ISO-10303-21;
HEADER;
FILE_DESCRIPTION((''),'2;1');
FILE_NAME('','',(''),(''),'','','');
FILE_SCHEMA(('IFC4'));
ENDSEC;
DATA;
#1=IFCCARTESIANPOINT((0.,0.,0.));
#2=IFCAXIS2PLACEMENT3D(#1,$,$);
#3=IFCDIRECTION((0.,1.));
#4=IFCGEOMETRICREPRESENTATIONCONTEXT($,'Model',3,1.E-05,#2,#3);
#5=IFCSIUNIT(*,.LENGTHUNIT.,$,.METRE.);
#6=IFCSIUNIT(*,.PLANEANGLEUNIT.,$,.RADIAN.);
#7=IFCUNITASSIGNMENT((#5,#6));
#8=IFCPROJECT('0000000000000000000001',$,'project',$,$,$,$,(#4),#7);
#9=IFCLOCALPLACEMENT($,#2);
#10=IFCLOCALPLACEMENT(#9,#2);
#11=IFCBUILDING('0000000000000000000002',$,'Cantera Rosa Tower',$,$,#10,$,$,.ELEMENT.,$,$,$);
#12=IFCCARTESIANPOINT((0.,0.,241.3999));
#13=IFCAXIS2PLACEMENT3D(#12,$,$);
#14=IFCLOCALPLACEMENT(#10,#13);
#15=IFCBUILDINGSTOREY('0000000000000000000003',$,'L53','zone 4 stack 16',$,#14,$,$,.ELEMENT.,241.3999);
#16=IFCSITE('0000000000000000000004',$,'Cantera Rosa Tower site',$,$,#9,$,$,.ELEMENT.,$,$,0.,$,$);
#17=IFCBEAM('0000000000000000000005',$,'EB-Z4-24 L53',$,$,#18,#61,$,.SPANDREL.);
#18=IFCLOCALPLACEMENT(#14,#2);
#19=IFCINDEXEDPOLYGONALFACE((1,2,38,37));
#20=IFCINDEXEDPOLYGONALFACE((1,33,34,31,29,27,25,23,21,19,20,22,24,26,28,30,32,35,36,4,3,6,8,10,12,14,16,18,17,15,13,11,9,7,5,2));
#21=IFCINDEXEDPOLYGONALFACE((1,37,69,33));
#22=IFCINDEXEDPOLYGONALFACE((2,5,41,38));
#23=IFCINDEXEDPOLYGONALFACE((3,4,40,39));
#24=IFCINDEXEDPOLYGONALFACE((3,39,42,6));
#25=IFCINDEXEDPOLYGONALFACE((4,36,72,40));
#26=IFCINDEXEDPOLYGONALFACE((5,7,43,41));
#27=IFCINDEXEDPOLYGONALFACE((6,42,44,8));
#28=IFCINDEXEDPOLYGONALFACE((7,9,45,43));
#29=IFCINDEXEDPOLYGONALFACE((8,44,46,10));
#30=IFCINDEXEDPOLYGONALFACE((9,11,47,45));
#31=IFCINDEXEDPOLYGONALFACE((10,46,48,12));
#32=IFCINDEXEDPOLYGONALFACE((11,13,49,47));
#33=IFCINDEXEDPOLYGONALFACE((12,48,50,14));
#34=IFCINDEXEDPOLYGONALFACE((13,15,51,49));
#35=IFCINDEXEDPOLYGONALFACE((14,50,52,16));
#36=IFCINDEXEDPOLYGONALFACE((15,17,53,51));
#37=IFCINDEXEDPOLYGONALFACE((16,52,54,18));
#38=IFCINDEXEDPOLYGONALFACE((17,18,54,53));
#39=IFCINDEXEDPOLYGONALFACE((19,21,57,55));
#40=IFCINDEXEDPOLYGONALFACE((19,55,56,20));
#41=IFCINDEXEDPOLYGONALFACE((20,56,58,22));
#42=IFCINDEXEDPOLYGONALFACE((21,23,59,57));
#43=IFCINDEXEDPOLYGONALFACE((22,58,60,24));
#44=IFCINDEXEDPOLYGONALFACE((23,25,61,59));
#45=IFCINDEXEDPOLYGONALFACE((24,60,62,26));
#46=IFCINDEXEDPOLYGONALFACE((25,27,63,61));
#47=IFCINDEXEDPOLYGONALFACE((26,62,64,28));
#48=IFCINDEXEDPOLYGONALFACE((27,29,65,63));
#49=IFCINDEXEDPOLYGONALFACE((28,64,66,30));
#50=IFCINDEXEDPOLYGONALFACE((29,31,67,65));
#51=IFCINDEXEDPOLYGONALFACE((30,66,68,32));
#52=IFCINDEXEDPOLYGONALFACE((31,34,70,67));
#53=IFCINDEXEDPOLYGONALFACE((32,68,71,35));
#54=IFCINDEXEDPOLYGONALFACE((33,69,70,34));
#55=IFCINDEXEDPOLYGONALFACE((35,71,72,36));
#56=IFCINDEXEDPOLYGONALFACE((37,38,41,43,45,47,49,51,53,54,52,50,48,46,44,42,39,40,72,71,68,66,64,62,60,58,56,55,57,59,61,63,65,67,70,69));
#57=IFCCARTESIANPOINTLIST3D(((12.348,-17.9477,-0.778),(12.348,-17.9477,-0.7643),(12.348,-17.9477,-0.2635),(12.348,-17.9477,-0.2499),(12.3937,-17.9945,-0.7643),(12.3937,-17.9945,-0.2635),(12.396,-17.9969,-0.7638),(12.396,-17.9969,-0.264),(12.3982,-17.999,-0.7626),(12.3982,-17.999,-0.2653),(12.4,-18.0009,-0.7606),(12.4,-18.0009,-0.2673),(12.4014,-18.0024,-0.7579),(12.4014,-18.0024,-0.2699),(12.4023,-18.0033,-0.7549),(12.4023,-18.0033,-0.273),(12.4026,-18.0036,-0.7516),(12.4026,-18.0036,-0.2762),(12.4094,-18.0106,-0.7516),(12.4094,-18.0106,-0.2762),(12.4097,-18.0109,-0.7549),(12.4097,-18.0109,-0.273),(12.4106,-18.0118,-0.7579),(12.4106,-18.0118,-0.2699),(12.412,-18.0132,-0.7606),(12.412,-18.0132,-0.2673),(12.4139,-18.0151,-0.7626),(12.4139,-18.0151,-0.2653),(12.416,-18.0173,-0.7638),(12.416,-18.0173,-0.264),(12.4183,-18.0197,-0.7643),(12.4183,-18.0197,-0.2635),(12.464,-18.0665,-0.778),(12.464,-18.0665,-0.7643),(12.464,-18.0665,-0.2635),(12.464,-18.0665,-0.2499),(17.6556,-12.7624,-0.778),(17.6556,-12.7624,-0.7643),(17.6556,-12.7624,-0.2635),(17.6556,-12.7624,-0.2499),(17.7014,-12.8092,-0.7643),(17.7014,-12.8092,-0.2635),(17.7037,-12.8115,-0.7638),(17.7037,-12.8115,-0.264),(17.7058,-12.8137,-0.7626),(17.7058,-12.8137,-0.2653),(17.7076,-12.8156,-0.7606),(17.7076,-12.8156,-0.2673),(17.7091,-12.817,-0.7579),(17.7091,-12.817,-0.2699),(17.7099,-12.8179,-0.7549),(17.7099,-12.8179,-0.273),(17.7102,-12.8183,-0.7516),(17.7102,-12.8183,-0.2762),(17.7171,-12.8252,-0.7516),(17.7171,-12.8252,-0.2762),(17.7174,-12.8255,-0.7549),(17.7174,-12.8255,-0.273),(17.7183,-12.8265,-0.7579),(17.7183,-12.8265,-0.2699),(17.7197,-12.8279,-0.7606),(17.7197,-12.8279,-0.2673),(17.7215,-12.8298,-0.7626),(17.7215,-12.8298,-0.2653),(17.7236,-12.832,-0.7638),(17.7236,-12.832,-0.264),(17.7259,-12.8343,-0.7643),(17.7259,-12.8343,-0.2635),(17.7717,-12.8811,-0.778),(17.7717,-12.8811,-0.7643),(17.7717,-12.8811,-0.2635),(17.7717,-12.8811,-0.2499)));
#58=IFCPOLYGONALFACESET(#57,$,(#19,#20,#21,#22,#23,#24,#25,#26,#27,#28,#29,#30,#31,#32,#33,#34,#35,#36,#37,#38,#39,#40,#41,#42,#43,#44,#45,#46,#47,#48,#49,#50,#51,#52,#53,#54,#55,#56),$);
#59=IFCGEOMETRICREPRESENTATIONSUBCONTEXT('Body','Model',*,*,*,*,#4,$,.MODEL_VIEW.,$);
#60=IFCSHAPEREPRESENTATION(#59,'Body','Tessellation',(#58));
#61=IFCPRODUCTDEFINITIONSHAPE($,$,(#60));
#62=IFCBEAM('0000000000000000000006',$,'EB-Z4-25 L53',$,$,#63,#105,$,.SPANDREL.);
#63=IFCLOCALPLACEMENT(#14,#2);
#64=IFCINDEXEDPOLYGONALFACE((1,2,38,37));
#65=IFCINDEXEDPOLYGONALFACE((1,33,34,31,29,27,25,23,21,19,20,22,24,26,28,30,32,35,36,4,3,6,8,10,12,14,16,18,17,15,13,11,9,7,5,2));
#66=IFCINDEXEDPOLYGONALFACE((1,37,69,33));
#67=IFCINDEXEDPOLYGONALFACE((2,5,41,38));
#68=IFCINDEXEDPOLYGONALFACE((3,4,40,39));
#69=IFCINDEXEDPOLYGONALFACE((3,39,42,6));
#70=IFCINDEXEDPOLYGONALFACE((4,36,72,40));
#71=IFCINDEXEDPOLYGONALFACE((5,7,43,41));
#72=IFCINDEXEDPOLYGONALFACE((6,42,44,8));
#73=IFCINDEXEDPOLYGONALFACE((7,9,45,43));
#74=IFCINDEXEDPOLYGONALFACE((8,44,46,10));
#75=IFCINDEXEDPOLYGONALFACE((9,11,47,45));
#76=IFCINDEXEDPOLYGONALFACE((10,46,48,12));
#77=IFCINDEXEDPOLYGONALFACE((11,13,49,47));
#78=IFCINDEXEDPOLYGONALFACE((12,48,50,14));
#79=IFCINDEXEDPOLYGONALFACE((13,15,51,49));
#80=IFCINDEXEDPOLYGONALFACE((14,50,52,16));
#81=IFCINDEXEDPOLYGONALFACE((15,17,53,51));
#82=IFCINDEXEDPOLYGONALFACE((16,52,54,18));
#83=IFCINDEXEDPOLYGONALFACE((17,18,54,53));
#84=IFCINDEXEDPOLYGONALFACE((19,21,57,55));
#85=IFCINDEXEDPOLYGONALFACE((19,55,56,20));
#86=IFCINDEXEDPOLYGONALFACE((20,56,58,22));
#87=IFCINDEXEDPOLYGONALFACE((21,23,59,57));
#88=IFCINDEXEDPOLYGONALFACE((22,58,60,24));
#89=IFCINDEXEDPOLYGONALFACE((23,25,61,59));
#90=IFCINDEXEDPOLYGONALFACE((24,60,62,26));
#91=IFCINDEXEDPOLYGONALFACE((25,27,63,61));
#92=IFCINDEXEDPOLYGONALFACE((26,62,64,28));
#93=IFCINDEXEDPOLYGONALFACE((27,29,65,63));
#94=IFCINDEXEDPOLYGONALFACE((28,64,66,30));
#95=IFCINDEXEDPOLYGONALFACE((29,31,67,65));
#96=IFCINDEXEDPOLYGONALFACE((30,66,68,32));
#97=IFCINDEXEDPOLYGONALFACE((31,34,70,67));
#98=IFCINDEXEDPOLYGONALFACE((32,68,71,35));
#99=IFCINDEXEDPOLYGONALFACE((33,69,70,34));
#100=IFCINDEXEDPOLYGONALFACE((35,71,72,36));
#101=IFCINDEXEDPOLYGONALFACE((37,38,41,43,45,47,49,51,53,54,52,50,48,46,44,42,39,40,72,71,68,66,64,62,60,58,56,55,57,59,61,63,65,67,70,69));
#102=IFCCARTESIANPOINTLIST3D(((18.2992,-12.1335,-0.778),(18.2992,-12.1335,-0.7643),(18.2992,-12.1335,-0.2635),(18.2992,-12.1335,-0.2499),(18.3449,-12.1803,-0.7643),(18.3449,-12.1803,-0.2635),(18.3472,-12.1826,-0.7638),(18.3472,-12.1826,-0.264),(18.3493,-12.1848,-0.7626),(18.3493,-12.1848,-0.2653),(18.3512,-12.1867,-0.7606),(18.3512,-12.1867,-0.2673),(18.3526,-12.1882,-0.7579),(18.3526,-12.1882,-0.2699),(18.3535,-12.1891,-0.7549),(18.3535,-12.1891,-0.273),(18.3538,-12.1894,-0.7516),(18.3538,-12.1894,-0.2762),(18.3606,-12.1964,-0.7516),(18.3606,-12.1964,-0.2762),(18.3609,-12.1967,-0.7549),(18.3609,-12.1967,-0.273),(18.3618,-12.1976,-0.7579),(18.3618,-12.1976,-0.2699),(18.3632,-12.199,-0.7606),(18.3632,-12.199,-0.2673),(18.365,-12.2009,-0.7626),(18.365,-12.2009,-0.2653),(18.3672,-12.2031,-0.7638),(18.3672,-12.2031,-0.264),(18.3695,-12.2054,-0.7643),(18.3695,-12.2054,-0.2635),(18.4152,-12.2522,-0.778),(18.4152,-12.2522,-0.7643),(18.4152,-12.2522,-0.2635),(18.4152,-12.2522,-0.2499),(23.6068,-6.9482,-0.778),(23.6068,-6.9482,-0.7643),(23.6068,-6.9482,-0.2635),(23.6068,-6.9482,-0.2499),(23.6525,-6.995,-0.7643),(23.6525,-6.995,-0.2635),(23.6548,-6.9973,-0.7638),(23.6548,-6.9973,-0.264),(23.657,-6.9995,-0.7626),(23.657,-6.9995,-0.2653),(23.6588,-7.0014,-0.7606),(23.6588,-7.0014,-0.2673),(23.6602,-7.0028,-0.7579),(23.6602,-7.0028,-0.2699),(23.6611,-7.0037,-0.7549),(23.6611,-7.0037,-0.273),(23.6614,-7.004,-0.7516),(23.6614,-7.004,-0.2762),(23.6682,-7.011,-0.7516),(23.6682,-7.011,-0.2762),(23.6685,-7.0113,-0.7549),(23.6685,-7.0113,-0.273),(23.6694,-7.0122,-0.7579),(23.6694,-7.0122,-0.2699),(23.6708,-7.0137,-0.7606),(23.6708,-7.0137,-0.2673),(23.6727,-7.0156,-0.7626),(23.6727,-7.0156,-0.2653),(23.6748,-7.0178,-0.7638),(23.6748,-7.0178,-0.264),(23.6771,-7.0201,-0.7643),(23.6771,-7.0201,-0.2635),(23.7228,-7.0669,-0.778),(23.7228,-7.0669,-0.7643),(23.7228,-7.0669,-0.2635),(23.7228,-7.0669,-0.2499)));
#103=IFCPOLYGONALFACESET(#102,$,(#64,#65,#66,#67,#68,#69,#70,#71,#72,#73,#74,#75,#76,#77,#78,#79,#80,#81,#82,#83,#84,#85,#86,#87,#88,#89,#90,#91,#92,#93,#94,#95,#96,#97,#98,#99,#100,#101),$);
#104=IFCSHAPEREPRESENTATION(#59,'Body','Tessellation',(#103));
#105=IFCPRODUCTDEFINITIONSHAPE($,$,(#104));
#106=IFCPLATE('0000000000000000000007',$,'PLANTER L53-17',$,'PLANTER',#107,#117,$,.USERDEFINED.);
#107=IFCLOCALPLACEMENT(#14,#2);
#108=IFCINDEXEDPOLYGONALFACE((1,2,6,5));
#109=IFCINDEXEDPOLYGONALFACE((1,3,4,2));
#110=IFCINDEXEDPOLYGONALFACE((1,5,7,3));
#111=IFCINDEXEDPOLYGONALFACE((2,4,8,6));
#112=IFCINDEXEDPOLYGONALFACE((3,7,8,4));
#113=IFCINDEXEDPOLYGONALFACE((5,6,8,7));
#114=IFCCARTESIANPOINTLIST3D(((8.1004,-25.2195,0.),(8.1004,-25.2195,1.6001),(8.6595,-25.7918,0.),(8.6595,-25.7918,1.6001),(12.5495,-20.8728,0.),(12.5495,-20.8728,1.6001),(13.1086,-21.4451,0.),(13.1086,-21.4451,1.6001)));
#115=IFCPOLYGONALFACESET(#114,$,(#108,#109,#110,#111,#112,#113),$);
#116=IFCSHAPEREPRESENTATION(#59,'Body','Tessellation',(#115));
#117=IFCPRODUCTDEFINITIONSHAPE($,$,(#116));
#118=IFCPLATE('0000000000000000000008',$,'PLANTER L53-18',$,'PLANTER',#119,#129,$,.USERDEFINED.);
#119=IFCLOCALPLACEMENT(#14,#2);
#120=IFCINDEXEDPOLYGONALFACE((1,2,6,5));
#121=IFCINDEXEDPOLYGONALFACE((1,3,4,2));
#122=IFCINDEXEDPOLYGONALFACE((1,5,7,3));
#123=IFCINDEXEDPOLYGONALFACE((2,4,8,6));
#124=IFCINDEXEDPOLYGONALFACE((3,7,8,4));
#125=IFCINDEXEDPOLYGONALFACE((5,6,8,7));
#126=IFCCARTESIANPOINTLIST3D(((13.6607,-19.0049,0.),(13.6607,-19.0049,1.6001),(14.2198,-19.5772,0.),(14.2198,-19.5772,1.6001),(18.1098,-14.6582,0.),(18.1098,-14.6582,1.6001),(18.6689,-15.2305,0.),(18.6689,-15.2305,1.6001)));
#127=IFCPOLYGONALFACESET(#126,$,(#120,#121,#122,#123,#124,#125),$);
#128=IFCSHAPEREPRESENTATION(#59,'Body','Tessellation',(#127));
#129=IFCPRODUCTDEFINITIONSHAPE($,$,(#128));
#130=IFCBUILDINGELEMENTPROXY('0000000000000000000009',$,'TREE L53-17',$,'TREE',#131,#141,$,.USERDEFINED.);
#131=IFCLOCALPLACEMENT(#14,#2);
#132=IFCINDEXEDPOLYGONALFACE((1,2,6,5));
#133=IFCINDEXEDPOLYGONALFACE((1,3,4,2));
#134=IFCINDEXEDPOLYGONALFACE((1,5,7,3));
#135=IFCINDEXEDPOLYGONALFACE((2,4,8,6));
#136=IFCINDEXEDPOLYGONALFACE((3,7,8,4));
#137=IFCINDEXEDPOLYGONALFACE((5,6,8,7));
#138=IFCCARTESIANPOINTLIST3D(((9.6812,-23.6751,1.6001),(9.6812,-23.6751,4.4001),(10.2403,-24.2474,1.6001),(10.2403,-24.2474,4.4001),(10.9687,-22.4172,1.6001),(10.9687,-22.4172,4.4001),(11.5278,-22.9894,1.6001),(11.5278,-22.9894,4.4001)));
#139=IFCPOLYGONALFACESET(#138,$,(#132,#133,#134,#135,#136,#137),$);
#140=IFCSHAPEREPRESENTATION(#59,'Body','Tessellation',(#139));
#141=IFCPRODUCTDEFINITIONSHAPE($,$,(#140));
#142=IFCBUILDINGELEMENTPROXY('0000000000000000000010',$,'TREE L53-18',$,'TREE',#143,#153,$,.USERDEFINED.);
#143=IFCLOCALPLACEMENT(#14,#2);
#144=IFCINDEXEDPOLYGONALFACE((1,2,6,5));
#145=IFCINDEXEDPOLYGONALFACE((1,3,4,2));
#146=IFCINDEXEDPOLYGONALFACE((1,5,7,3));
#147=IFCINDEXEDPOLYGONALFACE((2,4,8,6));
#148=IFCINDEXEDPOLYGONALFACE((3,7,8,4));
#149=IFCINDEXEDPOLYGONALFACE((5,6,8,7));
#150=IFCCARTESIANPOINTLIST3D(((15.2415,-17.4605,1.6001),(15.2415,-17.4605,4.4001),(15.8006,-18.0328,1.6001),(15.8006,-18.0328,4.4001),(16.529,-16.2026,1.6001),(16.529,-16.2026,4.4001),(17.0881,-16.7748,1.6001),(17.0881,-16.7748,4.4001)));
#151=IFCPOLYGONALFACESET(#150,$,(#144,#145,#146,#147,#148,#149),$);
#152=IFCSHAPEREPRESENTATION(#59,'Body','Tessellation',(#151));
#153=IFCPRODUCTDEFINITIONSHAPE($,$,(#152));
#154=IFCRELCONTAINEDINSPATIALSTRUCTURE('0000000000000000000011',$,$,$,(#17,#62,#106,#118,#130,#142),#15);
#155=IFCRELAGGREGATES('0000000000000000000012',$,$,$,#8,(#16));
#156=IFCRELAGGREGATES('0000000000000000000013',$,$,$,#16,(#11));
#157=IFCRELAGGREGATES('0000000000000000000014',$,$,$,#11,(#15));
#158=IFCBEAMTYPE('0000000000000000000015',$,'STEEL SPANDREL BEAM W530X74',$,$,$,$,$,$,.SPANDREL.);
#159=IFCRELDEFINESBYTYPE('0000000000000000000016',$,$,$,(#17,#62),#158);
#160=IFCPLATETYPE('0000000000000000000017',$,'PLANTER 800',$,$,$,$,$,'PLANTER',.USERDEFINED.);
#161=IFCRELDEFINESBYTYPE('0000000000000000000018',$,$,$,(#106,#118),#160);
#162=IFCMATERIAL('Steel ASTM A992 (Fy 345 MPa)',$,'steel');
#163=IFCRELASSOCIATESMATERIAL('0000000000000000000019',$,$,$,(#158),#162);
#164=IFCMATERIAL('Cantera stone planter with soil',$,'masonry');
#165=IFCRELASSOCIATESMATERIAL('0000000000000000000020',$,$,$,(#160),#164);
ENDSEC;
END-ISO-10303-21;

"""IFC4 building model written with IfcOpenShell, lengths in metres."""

from ifc_helpers import new_model, si_unit, direction, frame, origin, origin_2d, place, context, subcontext, project, spatial, rectangle, i_section, extrude, material, material_profile, profile_set, type_object, element, save


model = new_model("IFC4")

# Units and contexts
model_context = context("Model", 3, precision=1e-05, world=origin(), true_north=direction((0.0, 1.0)))
body_context = subcontext(model_context, "Body", "Model", "MODEL_VIEW")
ifc_project = project(units=[si_unit("LENGTHUNIT", "METRE"), si_unit("PLANEANGLEUNIT", "RADIAN")], contexts=[model_context])

# Site, building, storey
site_placement = place(None, origin())
site = spatial("IfcSite", under=ifc_project, at=site_placement, Name="Cantera Rosa Tower site", CompositionType="ELEMENT", RefElevation=0.0)
building_placement = place(site_placement, origin())
building = spatial("IfcBuilding", under=site, at=building_placement, Name="Cantera Rosa Tower", CompositionType="ELEMENT")
storey_placement = place(building_placement, frame((0.0, 0.0, 241.3999)))
storey = spatial("IfcBuildingStorey", under=building, at=storey_placement, Name="L53", Description="zone 4 stack 16", CompositionType="ELEMENT", Elevation=241.3999)

# Beams
ifc_material_1 = material(Name="Steel ASTM A992 (Fy 345 MPa)", Category="steel")
ifc_material_profile_1 = material_profile(ifc_material_1, i_section(OverallWidth=0.166, OverallDepth=0.5281, WebThickness=0.0098, FlangeThickness=0.0137, FilletRadius=0.0127, at=origin_2d()), Name="W530X74")
ifc_profile_set_1 = profile_set([ifc_material_profile_1], Name="Steel ASTM A992 (Fy 345 MPa)")
beam_type_1 = type_object("IfcBeamType", Name="STEEL SPANDREL BEAM W530X74", PredefinedType="SPANDREL", material=ifc_profile_set_1)
for number, where, z_axis, x_axis, name in (
    (1, (12.406, -18.0071, -0.5139), (0.715301, 0.698817, 0.0), (-0.698817, 0.715301, 0.0), "EB-Z4-24 L53"),
    (2, (18.3572, -12.1929, -0.5139), (0.715301, 0.698817, 0.0), (-0.698817, 0.715301, 0.0), "EB-Z4-25 L53"),
):
    element("IfcBeam", number, at=place(storey_placement, frame(where, z_axis=z_axis, x_axis=x_axis)), inside=storey, type_object=beam_type_1, Name=name, PredefinedType="SPANDREL", context=body_context, shape_type="SweptSolid", body=[
        extrude(i_section(OverallWidth=0.166, OverallDepth=0.5281, WebThickness=0.0098, FlangeThickness=0.0137, FilletRadius=0.0127, at=origin_2d()), origin(), (0.0, 0.0, 1.0), 7.4202),
    ])

# Plates
ifc_material_2 = material(Name="Cantera stone planter with soil", Category="masonry")
plate_type = type_object("IfcPlateType", Name="PLANTER 800", ElementType="PLANTER", PredefinedType="USERDEFINED", material=ifc_material_2)
for number, where, z_axis, x_axis, name in (
    (3, (10.6045, -23.3323, 0.0), (0.0, 0.0, 1.0), (0.715286, 0.698832, 0.0), "PLANTER L53-17"),
    (4, (16.1648, -17.1177, 0.0), (0.0, 0.0, 1.0), (0.715286, 0.698832, 0.0), "PLANTER L53-18"),
):
    element("IfcPlate", number, at=place(storey_placement, frame(where, z_axis=z_axis, x_axis=x_axis)), inside=storey, type_object=plate_type, Name=name, ObjectType="PLANTER", PredefinedType="USERDEFINED", context=body_context, shape_type="SweptSolid", body=[
        extrude(rectangle(XDim=6.22, YDim=0.8, at=origin_2d()), origin(), (0.0, 0.0, 1.0), 1.6001),
    ])

# Building element proxies
for number, where, z_axis, x_axis, name in (
    (5, (10.6045, -23.3323, 1.6001), (0.0, 0.0, 1.0), (0.715286, 0.698832, 0.0), "TREE L53-17"),
    (6, (16.1648, -17.1177, 1.6001), (0.0, 0.0, 1.0), (0.715286, 0.698832, 0.0), "TREE L53-18"),
):
    element("IfcBuildingElementProxy", number, at=place(storey_placement, frame(where, z_axis=z_axis, x_axis=x_axis)), inside=storey, Name=name, ObjectType="TREE", PredefinedType="USERDEFINED", context=body_context, shape_type="SweptSolid", body=[
        extrude(rectangle(XDim=1.8, YDim=0.8, at=origin_2d()), origin(), (0.0, 0.0, 1.0), 2.8),
    ])

save(model, "model.ifc")
